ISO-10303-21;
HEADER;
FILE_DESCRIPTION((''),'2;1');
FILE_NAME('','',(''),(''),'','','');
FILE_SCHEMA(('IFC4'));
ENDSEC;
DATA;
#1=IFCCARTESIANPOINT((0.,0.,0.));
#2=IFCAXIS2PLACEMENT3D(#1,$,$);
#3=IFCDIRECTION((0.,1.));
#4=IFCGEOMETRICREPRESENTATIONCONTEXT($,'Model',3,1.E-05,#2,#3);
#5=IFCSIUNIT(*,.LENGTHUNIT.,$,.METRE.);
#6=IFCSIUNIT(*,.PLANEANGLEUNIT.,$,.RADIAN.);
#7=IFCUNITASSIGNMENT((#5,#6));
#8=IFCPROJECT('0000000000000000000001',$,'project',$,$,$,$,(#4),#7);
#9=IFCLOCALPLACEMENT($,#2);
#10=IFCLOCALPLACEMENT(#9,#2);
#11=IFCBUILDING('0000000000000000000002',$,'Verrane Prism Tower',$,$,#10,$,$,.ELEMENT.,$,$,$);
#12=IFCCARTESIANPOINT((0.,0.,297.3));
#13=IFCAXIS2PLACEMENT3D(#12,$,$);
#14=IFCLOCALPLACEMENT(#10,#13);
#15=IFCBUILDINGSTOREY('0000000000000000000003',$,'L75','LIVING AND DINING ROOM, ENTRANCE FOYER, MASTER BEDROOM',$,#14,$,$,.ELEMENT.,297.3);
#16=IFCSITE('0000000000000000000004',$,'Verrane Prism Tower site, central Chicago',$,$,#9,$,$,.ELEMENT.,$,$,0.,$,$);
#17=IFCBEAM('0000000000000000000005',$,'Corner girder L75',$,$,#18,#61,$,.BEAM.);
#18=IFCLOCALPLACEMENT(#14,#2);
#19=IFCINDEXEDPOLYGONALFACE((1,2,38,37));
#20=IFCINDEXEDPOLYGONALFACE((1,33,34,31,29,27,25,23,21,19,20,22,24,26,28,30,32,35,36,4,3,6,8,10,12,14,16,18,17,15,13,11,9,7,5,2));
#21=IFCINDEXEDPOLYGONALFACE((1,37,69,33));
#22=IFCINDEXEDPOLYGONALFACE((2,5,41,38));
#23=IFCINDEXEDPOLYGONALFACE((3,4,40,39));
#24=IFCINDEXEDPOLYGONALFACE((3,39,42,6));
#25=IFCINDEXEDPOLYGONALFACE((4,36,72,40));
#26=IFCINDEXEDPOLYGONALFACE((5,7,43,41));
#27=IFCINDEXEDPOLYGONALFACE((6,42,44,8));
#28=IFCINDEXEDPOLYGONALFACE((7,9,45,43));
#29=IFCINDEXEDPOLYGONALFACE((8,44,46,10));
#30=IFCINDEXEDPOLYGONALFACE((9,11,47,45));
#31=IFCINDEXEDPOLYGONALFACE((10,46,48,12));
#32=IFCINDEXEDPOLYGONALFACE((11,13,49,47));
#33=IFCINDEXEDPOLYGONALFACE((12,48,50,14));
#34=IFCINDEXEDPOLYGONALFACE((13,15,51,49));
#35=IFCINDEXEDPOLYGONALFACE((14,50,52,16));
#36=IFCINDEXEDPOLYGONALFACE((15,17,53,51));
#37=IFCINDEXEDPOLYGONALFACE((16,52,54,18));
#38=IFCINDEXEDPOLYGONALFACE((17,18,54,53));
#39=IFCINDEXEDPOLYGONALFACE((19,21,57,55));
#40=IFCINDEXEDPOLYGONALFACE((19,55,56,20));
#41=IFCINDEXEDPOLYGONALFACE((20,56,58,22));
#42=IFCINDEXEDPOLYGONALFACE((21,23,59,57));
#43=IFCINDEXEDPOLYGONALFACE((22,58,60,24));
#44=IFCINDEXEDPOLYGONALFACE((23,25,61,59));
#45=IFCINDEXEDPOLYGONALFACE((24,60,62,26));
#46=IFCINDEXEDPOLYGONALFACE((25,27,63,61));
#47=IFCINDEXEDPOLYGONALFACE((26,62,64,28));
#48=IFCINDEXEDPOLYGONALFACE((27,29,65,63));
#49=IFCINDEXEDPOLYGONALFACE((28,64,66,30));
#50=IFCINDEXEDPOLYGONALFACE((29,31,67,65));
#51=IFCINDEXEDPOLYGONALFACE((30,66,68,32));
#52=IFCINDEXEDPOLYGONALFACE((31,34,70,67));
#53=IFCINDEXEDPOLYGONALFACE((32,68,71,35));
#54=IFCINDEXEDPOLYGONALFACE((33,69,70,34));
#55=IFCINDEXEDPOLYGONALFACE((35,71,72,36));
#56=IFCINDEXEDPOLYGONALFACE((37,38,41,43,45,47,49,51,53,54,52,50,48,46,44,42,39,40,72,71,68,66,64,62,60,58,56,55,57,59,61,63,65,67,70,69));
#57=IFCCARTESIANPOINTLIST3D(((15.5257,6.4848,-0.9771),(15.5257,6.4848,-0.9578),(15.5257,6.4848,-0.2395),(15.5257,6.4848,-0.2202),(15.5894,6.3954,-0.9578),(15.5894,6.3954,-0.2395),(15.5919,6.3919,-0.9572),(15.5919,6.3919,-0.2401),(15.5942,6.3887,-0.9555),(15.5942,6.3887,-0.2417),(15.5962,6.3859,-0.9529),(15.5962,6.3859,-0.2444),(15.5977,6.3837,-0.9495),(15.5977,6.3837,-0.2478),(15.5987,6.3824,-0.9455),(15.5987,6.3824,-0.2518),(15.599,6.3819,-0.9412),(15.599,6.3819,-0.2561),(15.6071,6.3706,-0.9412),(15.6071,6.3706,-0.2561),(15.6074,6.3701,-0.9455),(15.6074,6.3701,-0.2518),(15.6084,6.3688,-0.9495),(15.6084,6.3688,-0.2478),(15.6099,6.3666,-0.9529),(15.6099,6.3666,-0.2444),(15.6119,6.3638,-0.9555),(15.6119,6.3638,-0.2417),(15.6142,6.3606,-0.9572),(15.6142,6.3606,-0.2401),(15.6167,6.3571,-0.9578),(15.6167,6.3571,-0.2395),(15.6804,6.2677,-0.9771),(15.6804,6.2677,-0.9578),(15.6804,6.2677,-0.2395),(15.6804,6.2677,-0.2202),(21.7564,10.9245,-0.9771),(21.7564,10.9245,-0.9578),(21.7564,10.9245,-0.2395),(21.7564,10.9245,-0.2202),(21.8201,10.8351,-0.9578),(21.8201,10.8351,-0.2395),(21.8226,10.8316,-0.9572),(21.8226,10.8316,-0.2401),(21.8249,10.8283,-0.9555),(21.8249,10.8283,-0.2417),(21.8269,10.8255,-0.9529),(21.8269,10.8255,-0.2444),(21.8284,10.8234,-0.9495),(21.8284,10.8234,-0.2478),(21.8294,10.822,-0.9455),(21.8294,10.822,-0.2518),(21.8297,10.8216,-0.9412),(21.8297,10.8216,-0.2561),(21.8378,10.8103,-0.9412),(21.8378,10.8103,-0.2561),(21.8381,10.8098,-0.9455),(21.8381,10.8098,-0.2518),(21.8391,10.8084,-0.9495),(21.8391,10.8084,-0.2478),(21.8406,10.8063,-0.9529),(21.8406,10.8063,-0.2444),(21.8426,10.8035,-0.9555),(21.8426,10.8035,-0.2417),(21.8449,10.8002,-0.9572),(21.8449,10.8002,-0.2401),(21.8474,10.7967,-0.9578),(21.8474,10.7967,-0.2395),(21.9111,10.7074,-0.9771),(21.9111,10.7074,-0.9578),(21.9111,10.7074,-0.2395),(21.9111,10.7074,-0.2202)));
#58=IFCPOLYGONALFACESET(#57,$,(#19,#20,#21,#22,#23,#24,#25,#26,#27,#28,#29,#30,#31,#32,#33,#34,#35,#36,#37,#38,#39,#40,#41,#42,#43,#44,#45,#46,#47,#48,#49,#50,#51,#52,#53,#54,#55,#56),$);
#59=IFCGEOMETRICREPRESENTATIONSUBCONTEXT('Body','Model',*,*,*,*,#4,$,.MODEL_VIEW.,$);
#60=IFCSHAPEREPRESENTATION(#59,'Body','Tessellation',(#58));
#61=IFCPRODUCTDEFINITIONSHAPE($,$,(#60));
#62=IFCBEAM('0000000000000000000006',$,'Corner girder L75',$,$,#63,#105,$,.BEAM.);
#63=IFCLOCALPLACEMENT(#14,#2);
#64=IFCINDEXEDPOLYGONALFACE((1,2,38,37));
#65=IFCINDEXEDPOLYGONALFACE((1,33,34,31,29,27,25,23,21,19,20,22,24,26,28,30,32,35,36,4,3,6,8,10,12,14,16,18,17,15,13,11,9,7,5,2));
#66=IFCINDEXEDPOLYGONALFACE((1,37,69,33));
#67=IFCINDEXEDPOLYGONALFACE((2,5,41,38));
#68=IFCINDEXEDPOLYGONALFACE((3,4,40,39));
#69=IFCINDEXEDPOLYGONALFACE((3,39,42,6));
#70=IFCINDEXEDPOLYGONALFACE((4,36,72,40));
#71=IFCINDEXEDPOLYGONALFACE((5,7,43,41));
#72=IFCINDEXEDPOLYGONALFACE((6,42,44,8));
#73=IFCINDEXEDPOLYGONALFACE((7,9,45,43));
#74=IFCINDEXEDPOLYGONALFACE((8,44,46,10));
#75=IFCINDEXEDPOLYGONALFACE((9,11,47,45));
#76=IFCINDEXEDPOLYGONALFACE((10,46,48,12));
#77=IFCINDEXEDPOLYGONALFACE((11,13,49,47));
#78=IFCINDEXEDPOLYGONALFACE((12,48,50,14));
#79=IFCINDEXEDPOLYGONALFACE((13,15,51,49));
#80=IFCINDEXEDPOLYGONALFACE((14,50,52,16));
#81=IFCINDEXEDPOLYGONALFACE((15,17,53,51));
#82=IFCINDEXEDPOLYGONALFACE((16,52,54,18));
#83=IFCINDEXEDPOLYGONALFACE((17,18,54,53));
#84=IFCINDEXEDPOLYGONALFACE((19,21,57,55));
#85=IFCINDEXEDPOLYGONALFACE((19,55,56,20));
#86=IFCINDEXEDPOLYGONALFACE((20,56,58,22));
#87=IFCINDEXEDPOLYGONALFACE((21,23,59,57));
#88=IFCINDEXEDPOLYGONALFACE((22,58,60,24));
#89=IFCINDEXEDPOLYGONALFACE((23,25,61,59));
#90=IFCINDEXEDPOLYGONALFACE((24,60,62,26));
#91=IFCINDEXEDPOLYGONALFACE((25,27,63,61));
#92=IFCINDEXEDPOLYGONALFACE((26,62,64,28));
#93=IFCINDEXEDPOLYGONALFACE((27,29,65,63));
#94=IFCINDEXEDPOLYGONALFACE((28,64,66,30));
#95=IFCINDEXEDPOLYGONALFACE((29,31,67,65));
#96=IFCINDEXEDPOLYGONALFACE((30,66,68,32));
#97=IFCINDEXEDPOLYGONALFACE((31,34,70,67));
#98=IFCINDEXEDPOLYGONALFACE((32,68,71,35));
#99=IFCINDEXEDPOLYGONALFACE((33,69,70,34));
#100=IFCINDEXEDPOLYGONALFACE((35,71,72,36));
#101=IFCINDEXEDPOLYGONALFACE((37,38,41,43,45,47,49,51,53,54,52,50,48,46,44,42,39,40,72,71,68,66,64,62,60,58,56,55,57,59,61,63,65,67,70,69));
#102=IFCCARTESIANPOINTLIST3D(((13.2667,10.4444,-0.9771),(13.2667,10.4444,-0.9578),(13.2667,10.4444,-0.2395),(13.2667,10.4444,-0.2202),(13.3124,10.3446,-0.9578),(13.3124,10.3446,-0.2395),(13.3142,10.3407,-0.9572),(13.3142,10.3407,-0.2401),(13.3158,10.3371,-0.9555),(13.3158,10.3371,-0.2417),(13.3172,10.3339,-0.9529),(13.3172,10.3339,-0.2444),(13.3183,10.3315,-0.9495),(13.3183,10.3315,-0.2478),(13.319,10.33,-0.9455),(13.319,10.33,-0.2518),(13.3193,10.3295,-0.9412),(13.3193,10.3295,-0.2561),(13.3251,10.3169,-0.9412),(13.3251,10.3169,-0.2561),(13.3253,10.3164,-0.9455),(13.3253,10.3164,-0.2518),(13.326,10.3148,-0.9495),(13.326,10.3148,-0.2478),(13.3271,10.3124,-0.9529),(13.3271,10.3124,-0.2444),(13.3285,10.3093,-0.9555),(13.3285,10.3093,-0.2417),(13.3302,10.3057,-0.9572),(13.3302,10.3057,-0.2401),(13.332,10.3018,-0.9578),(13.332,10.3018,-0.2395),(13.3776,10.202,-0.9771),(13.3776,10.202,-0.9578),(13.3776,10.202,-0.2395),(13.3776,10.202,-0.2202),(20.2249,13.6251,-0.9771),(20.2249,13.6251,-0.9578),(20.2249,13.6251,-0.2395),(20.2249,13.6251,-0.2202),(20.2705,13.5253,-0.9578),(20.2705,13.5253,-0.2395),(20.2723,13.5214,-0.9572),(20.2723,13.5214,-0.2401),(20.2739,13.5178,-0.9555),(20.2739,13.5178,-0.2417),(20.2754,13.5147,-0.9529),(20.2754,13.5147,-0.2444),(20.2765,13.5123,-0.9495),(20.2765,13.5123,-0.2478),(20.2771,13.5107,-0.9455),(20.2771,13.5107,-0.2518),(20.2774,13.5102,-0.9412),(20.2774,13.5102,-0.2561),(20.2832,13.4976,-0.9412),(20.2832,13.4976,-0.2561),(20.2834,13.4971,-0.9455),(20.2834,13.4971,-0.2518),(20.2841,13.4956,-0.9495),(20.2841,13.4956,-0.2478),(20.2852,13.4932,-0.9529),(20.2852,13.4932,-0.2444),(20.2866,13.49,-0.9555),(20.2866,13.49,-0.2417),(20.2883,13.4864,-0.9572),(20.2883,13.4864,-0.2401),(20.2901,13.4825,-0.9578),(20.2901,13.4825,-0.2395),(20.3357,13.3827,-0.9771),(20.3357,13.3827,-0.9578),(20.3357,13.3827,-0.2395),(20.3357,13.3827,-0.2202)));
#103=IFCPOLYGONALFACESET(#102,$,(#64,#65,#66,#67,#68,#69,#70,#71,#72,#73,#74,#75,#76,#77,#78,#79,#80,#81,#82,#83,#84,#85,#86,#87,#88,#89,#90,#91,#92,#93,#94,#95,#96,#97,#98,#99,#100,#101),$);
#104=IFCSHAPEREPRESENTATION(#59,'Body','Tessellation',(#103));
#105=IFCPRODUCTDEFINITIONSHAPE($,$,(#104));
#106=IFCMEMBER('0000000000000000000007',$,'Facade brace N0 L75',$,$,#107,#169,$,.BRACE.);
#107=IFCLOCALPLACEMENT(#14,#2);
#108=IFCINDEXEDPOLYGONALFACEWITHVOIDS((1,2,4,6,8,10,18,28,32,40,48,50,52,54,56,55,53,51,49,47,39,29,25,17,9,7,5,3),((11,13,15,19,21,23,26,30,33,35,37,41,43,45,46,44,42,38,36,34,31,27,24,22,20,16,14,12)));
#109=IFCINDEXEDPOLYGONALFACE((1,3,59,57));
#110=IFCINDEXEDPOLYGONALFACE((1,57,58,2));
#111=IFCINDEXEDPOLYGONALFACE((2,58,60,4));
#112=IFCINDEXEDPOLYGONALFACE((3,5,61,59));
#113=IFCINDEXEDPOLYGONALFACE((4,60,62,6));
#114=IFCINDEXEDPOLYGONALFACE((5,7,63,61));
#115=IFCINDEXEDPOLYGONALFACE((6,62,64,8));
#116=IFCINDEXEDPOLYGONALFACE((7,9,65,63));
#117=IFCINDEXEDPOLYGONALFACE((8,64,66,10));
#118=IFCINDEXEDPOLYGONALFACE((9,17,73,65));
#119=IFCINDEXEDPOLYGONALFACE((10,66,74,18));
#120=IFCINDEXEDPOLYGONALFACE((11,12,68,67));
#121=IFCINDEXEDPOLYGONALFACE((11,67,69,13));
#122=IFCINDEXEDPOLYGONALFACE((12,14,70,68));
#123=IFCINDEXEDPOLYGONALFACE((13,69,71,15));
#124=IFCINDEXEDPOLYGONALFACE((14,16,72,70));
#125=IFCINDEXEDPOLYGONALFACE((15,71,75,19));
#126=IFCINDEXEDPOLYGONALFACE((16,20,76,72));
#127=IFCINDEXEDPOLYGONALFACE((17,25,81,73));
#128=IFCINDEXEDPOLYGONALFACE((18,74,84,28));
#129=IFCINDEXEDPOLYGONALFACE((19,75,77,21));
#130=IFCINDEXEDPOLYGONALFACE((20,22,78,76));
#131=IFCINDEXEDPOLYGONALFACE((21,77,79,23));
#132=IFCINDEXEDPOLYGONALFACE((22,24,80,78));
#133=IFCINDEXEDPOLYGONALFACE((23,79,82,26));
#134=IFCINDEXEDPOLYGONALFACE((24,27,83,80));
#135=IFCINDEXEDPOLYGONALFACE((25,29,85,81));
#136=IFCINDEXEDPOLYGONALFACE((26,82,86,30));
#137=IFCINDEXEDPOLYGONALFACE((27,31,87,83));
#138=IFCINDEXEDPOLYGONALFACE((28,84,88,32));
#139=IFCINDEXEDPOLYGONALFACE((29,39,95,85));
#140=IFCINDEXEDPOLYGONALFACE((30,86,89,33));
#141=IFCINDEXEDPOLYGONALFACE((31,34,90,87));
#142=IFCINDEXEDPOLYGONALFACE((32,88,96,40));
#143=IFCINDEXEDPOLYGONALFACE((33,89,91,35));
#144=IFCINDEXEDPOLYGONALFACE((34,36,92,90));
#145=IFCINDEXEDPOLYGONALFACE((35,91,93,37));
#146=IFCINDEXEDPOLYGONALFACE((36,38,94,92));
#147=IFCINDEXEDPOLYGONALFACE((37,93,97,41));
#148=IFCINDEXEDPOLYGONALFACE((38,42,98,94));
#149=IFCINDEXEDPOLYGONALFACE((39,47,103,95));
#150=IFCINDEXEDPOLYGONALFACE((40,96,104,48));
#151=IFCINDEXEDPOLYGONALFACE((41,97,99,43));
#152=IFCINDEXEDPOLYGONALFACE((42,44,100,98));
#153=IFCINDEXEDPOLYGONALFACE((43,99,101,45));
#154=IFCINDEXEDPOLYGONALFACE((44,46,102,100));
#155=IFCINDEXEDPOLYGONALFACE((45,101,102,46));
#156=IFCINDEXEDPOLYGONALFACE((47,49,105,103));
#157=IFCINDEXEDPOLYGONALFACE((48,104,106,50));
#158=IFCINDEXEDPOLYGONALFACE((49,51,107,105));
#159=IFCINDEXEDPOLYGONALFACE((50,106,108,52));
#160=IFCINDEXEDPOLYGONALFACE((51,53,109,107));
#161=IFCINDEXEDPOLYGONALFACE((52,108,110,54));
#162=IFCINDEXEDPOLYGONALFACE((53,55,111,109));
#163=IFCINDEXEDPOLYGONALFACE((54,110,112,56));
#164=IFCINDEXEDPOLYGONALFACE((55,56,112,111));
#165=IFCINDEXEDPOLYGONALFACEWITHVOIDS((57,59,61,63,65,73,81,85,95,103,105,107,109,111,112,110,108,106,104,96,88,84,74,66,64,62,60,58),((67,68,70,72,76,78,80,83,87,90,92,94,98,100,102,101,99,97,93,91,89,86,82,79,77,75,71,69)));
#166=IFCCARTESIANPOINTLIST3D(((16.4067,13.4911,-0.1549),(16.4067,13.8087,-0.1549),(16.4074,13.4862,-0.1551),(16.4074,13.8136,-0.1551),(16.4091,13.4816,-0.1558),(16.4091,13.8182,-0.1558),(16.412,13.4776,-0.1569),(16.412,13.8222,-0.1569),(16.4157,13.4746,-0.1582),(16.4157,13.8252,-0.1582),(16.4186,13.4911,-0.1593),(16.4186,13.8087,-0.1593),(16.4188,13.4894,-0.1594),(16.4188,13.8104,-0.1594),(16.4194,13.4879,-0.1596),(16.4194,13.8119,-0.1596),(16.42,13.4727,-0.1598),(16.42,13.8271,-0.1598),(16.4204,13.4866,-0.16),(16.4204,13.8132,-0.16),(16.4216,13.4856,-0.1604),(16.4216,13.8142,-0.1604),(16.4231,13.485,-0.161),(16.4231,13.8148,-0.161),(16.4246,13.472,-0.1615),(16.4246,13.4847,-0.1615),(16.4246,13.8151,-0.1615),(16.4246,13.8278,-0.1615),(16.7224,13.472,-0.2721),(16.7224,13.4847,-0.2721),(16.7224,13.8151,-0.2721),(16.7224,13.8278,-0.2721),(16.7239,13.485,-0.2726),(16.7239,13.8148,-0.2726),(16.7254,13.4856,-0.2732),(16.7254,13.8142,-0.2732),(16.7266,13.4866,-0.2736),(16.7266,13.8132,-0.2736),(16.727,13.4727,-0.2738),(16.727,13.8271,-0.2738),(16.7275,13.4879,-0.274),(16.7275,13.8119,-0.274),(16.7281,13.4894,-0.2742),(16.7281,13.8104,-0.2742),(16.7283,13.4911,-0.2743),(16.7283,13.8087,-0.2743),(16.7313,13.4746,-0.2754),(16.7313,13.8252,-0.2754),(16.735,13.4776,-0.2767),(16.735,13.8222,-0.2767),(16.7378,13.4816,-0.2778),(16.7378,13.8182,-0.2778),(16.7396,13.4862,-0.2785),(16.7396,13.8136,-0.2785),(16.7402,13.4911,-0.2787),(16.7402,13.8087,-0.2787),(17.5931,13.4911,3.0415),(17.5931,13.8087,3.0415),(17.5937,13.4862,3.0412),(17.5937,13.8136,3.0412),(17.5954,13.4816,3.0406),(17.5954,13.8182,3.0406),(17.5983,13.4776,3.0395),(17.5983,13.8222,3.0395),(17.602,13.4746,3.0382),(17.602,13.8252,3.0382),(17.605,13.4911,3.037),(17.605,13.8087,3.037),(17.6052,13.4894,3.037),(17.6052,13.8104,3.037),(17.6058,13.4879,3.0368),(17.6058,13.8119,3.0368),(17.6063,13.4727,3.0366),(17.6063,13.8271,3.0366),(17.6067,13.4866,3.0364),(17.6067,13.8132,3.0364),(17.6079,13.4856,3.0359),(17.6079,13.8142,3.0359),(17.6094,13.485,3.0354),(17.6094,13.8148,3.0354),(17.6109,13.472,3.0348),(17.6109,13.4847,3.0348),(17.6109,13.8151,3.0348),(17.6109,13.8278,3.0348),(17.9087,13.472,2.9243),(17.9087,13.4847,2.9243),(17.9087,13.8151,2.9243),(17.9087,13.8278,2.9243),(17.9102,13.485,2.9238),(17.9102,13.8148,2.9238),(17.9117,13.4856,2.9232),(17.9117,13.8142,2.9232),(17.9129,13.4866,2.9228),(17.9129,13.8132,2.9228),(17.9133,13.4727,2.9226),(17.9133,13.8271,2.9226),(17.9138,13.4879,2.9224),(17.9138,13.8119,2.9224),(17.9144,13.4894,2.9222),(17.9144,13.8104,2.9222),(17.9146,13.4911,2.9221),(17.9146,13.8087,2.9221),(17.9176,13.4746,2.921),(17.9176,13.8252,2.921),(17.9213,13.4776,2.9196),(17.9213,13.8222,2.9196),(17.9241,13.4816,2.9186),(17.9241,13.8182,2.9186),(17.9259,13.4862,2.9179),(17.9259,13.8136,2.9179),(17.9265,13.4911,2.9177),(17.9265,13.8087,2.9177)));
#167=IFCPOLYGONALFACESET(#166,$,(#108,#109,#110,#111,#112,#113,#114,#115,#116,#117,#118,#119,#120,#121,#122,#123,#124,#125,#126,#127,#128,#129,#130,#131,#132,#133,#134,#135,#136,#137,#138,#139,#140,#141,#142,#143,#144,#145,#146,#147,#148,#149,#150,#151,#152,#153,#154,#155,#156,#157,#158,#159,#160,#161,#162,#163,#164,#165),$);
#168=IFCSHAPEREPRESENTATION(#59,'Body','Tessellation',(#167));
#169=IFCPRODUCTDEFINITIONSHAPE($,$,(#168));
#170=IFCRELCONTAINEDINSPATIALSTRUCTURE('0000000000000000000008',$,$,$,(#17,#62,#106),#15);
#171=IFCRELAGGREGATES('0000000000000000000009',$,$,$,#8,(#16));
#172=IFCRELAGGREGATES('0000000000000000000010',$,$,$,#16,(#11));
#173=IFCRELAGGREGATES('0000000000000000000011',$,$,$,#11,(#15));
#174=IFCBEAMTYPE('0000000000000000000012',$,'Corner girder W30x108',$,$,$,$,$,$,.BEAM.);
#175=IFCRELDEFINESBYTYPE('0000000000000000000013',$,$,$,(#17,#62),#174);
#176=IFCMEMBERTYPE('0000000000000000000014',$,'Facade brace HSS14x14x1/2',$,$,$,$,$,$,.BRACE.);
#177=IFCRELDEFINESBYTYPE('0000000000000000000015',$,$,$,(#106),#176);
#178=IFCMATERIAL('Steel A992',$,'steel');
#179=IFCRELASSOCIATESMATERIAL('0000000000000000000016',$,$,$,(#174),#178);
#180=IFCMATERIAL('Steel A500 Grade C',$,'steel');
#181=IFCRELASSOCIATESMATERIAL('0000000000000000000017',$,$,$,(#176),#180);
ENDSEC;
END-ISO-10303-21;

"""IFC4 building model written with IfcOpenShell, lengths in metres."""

from ifc_helpers import new_model, si_unit, direction, frame, origin, origin_2d, place, context, subcontext, project, spatial, hollow_rectangle, i_section, extrude, material, material_profile, profile_set, type_object, element, save


model = new_model("IFC4")

# Units and contexts
model_context = context("Model", 3, precision=1e-05, world=origin(), true_north=direction((0.0, 1.0)))
body_context = subcontext(model_context, "Body", "Model", "MODEL_VIEW")
ifc_project = project(units=[si_unit("LENGTHUNIT", "METRE"), si_unit("PLANEANGLEUNIT", "RADIAN")], contexts=[model_context])

# Site, building, storey
site_placement = place(None, origin())
site = spatial("IfcSite", under=ifc_project, at=site_placement, Name="Verrane Prism Tower site, central Chicago", CompositionType="ELEMENT", RefElevation=0.0)
building_placement = place(site_placement, origin())
building = spatial("IfcBuilding", under=site, at=building_placement, Name="Verrane Prism Tower", CompositionType="ELEMENT")
storey_placement = place(building_placement, frame((0.0, 0.0, 297.3)))
storey = spatial("IfcBuildingStorey", under=building, at=storey_placement, Name="L75", Description="LIVING AND DINING ROOM, ENTRANCE FOYER, MASTER BEDROOM", CompositionType="ELEMENT", Elevation=297.3)

# Beams
ifc_material_1 = material(Name="Steel A992", Category="steel")
ifc_material_profile_1 = material_profile(ifc_material_1, i_section(OverallWidth=0.2666, OverallDepth=0.7568, WebThickness=0.0139, FlangeThickness=0.0193, FilletRadius=0.0166, at=origin_2d()), Name="W30x108")
ifc_profile_set_1 = profile_set([ifc_material_profile_1], Name="Steel A992")
beam_type_1 = type_object("IfcBeamType", Name="Corner girder W30x108", PredefinedType="BEAM", material=ifc_profile_set_1)
for number, where, z_axis, x_axis, name in (
    (1, (21.8337, 10.8159, -0.5986), (-0.814401, -0.580302, 0.0), (0.580302, -0.814401, 0.0), "Corner girder L75"),
    (2, (20.2803, 13.5039, -0.5986), (-0.909481, -0.415745, 0.0), (0.415745, -0.909481, 0.0), "Corner girder L75"),
):
    element("IfcBeam", number, at=place(storey_placement, frame(where, z_axis=z_axis, x_axis=x_axis)), inside=storey, type_object=beam_type_1, Name=name, PredefinedType="BEAM", context=body_context, shape_type="SweptSolid", body=[
        extrude(i_section(OverallWidth=0.2666, OverallDepth=0.7568, WebThickness=0.0139, FlangeThickness=0.0193, FilletRadius=0.0166, at=origin_2d()), origin(), (0.0, 0.0, 1.0), 7.6506),
    ])

# Member
ifc_material_2 = material(Name="Steel A500 Grade C", Category="steel")
ifc_material_profile_2 = material_profile(ifc_material_2, hollow_rectangle(XDim=0.3557, YDim=0.3557, WallThickness=0.0127, InnerFilletRadius=0.0063, OuterFilletRadius=0.019, at=origin_2d()), Name="HSS14x14x1/2")
ifc_profile_set_2 = profile_set([ifc_material_profile_2], Name="Steel A500 Grade C")
member_type_1 = type_object("IfcMemberType", Name="Facade brace HSS14x14x1/2", PredefinedType="BRACE", material=ifc_profile_set_2)
member_1_placement = place(storey_placement, frame((16.5735, 13.6499, -0.2168), z_axis=(0.347951, 0.0, 0.937513), x_axis=(0.0, 1.0, 0.0)))
element("IfcMember", 3, at=member_1_placement, inside=storey, type_object=member_type_1, Name="Facade brace N0 L75", PredefinedType="BRACE", context=body_context, shape_type="SweptSolid", body=[
    extrude(hollow_rectangle(XDim=0.3557, YDim=0.3557, WallThickness=0.0127, InnerFilletRadius=0.0063, OuterFilletRadius=0.019, at=origin_2d()), origin(), (0.0, 0.0, 1.0), 3.4094),
])

save(model, "model.ifc")
